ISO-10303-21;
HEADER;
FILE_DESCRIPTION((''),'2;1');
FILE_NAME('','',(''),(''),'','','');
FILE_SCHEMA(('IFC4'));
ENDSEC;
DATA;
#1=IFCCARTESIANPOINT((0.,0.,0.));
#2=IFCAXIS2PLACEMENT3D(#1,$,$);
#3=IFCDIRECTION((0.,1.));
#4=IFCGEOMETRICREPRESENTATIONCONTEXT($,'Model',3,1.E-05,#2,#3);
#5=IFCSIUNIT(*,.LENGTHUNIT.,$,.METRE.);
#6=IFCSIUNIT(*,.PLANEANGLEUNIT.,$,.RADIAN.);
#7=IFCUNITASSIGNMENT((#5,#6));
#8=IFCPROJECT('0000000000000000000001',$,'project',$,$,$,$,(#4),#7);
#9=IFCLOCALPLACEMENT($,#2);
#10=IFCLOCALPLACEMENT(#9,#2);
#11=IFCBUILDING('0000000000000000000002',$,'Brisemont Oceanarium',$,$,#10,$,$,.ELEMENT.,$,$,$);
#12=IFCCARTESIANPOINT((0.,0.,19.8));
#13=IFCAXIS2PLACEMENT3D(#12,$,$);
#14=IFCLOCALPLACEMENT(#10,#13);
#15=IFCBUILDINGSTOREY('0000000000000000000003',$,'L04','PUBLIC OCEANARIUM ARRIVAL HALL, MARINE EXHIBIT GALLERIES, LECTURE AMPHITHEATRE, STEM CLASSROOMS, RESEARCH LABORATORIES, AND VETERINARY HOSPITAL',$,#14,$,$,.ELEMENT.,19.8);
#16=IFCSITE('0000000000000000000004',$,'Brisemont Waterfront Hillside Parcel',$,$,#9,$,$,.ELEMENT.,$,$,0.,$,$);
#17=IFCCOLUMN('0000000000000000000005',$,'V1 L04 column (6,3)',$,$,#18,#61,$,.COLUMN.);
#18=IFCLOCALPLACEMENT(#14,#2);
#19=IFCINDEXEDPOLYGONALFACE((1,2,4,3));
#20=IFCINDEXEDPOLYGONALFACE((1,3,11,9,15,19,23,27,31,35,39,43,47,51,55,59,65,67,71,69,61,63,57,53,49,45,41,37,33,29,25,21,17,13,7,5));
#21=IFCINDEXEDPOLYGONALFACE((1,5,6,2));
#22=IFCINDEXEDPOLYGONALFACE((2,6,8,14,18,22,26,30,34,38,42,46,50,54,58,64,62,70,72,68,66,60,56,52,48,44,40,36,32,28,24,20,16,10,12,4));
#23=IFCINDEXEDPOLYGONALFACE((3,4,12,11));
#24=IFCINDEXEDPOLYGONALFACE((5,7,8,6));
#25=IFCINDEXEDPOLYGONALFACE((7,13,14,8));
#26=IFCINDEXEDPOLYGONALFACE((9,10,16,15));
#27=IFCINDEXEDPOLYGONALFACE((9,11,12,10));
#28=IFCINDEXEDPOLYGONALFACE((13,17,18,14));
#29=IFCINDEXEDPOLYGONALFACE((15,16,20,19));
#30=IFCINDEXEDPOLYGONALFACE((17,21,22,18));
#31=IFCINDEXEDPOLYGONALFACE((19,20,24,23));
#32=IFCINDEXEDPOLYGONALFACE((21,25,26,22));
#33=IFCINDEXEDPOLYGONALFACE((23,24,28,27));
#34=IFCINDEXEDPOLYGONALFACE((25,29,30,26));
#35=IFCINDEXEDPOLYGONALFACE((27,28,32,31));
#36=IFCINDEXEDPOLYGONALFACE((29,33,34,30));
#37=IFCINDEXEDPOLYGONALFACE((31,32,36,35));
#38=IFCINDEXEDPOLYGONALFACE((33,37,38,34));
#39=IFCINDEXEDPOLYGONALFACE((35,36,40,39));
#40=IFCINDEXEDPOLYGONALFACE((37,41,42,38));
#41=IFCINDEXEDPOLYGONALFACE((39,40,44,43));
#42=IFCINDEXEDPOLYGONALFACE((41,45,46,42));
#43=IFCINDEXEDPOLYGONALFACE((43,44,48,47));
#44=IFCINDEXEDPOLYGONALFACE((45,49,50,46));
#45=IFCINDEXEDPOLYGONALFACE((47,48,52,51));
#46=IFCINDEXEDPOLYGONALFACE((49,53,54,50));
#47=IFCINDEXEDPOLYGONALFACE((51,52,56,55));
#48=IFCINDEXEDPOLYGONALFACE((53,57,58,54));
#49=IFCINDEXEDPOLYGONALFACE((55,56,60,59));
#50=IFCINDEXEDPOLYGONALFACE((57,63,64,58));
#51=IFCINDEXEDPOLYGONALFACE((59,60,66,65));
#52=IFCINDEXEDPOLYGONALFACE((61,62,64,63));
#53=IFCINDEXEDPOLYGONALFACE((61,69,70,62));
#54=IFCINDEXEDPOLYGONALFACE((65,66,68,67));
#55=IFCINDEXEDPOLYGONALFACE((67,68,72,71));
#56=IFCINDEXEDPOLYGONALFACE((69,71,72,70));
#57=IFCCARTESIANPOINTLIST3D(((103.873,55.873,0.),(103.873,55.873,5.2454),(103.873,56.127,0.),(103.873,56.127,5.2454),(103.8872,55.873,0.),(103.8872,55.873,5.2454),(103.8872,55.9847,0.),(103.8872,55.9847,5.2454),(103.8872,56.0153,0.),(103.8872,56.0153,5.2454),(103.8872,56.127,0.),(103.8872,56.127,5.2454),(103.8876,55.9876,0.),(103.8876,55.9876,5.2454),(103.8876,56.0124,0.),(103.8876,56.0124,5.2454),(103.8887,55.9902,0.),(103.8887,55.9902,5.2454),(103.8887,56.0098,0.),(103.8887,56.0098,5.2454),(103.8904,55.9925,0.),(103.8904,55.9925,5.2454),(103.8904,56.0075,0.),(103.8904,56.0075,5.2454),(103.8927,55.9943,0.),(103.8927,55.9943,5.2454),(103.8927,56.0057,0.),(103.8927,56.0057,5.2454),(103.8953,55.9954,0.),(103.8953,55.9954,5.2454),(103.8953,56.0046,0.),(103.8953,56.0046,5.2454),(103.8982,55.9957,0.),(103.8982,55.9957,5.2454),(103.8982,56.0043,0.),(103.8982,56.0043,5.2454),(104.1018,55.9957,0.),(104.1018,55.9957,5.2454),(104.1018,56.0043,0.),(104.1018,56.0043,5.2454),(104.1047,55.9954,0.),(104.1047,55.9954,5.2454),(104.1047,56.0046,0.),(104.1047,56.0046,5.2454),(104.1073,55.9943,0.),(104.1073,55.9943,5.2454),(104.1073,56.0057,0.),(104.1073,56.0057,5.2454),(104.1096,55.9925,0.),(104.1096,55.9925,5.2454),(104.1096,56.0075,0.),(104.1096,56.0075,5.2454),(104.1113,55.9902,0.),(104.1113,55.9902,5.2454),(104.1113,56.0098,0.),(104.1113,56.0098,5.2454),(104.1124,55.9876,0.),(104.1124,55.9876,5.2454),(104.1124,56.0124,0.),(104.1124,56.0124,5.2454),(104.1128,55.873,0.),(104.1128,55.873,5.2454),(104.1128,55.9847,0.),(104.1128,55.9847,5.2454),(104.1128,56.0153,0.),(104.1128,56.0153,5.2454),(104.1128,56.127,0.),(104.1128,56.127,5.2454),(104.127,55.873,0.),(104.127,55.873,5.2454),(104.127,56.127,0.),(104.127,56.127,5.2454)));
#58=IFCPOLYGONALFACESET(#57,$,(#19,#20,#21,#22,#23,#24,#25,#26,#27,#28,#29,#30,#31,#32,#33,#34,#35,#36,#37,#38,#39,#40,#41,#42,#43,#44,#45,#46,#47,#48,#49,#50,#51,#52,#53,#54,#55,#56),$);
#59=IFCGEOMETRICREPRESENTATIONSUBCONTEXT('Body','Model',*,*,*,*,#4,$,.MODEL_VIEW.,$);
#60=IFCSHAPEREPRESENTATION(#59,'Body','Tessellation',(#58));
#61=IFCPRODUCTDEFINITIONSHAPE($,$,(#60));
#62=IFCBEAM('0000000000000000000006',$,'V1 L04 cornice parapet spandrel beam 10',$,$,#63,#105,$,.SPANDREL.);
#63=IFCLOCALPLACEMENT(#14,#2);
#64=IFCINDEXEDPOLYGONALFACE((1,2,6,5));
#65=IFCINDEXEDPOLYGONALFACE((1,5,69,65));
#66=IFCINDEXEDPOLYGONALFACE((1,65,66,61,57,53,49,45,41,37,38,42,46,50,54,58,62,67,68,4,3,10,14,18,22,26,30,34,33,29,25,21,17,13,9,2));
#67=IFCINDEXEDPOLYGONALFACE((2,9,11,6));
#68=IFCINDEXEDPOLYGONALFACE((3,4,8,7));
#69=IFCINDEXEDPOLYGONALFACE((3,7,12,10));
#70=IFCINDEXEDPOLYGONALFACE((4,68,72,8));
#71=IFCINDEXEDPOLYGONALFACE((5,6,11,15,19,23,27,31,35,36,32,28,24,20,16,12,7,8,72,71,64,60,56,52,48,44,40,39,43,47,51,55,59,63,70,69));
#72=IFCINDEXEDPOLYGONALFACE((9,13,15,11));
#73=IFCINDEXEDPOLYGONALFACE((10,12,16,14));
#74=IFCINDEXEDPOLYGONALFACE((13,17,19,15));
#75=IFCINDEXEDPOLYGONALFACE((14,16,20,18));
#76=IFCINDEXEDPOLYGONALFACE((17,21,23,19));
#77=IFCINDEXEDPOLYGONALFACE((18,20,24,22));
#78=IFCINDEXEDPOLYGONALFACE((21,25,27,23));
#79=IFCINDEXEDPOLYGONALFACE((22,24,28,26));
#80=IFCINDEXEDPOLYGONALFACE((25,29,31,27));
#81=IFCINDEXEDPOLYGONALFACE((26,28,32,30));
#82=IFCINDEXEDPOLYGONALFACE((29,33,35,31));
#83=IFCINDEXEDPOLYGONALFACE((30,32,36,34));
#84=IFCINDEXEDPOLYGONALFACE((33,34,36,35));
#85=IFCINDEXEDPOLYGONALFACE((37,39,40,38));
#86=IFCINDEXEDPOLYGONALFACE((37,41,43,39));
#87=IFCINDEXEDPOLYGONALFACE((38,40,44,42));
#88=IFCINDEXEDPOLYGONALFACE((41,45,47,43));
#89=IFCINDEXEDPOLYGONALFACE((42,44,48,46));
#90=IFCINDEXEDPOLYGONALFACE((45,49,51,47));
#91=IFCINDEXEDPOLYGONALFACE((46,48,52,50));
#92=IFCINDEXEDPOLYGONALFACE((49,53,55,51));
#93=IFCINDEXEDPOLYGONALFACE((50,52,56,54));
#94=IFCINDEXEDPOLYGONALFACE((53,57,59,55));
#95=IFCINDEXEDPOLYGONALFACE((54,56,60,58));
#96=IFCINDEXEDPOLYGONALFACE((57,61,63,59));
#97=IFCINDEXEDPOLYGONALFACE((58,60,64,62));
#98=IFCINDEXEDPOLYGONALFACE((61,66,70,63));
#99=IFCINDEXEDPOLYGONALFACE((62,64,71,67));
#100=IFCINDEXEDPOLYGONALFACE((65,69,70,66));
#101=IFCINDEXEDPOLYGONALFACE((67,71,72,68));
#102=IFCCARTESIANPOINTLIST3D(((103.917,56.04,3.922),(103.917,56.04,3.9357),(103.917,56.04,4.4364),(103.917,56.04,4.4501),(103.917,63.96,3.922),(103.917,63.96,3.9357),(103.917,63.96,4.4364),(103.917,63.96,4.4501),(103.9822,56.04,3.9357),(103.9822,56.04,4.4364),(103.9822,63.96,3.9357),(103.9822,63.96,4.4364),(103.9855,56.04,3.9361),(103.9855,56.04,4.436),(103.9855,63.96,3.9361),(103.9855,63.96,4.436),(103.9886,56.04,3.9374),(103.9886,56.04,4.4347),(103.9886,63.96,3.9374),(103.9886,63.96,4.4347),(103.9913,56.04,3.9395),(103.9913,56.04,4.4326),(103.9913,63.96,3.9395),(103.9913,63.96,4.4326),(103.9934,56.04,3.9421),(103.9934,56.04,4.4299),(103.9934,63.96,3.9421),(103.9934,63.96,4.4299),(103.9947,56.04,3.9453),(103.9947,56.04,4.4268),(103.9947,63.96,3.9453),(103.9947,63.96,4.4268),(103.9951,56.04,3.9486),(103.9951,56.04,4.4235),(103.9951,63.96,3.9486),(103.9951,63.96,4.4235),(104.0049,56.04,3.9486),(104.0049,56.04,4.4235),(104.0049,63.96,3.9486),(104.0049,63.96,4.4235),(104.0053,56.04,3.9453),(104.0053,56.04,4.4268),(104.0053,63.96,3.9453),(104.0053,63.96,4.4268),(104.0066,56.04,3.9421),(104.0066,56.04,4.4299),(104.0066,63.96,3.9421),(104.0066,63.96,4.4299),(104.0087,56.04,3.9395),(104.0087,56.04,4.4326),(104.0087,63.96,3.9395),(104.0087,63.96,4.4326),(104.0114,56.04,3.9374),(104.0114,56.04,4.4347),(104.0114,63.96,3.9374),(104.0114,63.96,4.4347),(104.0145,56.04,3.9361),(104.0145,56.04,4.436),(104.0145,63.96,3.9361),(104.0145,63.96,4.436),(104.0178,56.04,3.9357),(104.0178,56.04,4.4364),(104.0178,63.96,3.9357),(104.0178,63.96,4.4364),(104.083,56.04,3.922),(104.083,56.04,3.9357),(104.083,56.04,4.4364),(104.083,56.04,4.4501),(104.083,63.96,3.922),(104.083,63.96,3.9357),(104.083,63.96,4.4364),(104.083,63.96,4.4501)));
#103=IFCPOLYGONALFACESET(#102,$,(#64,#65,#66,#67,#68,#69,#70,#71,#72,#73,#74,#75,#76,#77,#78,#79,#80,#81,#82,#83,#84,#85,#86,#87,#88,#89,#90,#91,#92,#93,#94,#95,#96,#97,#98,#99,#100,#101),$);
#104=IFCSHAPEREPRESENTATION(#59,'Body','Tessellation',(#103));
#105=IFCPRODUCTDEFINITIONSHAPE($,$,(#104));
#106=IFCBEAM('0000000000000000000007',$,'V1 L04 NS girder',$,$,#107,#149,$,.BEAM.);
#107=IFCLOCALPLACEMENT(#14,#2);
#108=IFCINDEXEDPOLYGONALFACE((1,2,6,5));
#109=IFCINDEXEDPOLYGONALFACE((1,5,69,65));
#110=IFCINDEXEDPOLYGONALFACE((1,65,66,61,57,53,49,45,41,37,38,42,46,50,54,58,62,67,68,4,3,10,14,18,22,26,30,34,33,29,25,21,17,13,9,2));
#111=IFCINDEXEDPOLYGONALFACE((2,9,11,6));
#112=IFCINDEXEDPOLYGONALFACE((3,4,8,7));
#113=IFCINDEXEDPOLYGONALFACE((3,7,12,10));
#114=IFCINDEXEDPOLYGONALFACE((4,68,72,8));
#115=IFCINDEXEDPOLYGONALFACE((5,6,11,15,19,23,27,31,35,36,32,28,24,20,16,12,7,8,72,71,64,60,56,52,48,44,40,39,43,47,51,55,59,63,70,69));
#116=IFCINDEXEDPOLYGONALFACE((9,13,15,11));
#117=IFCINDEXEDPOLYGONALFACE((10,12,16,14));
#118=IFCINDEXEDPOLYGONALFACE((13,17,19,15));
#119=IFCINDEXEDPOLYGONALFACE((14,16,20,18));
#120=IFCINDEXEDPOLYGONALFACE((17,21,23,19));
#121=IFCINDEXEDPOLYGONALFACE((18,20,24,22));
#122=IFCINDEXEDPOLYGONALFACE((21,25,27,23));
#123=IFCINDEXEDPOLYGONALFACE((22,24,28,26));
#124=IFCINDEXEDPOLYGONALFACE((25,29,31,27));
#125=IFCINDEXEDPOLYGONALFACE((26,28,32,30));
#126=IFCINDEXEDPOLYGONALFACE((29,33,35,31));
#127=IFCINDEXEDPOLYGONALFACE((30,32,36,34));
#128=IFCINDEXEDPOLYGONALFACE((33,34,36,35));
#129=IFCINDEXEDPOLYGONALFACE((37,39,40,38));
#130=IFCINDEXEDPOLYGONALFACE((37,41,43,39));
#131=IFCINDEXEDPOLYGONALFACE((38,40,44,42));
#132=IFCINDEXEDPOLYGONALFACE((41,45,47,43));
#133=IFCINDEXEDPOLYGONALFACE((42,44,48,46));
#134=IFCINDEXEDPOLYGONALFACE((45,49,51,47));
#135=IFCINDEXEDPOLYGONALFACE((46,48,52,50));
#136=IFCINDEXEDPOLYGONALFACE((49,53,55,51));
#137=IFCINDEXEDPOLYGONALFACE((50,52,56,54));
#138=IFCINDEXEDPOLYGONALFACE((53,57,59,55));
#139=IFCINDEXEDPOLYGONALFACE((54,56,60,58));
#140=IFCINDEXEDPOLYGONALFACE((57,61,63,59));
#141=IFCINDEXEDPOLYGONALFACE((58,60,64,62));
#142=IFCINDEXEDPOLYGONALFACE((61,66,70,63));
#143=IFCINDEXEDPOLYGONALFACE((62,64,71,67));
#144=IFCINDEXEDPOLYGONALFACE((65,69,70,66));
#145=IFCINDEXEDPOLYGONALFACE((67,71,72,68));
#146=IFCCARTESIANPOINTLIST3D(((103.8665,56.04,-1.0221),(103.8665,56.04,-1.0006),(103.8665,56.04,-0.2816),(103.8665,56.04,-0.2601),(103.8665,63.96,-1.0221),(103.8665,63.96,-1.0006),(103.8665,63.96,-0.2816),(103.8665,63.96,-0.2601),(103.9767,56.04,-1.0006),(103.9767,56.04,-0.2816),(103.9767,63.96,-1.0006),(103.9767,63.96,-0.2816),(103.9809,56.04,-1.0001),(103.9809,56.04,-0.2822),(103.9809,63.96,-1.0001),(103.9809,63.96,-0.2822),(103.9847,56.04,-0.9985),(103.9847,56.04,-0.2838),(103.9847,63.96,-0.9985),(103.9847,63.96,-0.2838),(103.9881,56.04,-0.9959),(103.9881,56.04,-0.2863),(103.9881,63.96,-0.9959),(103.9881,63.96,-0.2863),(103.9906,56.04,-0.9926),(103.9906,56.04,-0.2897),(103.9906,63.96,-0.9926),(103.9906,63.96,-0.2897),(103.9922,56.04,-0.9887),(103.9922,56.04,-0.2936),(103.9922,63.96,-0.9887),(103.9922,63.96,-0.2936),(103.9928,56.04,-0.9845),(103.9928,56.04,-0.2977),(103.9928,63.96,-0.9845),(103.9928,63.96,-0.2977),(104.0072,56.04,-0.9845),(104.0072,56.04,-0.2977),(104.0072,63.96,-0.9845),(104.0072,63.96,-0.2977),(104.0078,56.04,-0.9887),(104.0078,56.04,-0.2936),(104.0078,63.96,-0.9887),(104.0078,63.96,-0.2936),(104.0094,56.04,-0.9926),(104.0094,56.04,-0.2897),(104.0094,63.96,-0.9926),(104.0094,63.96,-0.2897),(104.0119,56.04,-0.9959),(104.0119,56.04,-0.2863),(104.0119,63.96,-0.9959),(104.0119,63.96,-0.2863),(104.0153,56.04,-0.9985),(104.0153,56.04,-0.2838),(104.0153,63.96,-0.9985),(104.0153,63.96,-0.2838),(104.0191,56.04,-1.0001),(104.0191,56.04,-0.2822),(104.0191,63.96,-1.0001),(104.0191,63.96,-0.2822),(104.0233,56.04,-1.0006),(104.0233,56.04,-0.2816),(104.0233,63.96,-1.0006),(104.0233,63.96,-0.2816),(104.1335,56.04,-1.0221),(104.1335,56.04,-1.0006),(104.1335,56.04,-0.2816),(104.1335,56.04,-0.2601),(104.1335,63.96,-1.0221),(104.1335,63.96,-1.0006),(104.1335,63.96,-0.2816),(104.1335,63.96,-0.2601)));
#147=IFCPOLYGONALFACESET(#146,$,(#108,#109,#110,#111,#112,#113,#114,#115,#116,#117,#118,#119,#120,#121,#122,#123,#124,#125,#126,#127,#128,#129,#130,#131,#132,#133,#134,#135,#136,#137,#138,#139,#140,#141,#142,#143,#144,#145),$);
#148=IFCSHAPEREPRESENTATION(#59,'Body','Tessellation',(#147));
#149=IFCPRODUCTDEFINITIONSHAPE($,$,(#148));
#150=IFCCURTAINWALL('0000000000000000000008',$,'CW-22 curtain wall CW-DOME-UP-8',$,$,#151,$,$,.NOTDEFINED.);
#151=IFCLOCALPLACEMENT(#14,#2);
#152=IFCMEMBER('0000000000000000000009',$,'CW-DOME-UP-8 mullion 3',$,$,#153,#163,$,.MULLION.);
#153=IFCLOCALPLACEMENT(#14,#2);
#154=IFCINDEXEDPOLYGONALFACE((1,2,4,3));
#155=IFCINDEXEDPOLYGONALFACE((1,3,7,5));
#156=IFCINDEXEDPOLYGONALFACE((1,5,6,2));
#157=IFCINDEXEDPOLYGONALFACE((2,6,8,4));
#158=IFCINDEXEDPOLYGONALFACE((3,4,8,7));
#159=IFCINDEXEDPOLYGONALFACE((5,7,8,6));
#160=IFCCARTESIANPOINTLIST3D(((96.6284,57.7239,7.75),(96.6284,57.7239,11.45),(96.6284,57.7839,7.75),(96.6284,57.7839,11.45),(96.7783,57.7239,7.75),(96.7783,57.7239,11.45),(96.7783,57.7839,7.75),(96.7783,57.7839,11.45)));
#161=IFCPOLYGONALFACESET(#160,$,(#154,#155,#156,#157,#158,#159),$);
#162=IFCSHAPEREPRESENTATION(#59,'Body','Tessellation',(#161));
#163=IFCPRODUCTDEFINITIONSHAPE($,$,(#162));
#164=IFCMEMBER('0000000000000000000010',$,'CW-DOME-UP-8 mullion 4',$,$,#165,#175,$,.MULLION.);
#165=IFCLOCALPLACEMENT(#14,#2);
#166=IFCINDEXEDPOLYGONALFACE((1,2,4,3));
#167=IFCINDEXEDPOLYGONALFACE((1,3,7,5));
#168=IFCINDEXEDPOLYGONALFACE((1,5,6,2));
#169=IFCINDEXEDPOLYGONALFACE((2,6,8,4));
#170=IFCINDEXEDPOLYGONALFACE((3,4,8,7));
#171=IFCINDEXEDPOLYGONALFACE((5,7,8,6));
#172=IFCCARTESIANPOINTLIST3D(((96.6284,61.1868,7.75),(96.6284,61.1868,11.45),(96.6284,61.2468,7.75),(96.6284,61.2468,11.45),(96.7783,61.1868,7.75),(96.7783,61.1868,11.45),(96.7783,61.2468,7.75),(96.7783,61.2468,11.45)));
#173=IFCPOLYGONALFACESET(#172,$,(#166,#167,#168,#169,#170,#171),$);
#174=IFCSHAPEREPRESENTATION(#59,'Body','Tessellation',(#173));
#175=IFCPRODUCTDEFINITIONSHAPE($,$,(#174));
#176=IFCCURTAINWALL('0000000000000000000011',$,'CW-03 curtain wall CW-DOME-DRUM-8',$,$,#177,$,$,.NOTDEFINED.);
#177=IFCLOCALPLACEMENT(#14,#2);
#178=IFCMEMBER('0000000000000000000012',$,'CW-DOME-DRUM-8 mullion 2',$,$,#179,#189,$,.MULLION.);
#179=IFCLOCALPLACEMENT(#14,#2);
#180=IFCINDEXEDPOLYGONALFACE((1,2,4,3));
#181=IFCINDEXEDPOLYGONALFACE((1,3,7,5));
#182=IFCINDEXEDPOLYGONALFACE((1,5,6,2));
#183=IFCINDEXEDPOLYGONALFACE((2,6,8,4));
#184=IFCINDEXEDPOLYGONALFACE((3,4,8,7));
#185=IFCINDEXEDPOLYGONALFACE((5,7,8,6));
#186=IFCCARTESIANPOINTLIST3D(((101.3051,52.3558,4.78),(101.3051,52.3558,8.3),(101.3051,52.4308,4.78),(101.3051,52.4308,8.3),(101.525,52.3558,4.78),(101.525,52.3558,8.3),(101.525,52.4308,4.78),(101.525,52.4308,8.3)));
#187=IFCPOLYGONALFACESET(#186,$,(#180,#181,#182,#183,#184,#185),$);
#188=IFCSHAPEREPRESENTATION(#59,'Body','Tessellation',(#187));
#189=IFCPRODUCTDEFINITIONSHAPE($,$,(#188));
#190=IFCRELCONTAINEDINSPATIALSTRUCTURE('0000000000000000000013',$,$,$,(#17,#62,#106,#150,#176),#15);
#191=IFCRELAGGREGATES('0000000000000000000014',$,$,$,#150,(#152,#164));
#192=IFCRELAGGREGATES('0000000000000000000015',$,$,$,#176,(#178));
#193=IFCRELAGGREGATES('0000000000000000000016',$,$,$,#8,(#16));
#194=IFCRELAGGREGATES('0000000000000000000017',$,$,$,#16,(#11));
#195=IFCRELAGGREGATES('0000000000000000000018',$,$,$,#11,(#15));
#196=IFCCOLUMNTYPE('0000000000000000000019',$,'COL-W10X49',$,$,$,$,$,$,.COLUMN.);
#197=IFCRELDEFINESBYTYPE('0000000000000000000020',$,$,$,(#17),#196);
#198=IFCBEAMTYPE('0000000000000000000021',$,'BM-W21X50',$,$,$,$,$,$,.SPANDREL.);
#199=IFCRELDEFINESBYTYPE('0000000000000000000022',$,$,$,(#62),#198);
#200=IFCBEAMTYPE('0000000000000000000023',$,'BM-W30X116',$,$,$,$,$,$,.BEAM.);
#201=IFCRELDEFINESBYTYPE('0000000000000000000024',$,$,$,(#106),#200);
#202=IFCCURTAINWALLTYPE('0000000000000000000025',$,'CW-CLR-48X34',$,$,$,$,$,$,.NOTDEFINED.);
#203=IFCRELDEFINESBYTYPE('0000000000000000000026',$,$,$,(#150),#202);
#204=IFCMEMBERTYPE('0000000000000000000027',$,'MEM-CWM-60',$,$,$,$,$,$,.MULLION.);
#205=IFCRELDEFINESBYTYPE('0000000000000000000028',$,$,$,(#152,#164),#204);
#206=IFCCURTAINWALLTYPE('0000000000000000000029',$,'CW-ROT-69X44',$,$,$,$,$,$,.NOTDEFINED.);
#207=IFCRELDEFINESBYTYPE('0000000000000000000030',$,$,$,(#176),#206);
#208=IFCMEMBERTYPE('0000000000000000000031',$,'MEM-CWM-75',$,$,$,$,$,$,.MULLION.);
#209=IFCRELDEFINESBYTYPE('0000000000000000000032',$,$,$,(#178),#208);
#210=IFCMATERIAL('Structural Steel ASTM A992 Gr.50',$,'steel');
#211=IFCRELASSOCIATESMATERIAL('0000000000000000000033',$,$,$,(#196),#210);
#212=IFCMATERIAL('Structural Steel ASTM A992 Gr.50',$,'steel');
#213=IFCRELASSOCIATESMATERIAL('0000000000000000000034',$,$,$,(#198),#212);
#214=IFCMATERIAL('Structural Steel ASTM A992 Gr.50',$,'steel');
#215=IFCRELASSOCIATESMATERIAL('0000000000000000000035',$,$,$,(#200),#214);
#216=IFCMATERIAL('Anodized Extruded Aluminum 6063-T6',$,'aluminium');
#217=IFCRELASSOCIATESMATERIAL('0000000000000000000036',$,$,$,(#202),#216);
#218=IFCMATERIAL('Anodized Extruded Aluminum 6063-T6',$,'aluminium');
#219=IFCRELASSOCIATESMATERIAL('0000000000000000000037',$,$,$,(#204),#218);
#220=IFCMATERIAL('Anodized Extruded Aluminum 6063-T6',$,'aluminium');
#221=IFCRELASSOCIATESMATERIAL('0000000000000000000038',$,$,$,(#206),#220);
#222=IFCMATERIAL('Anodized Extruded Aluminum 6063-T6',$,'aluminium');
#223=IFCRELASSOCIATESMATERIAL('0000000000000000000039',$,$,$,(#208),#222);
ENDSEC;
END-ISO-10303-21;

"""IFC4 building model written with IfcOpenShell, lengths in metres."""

from ifc_helpers import new_model, si_unit, direction, frame, origin, origin_2d, place, context, subcontext, project, spatial, rectangle, i_section, extrude, material, material_profile, profile_set, type_object, element, aggregate, save


model = new_model("IFC4")

# Units and contexts
model_context = context("Model", 3, precision=1e-05, world=origin(), true_north=direction((0.0, 1.0)))
body_context = subcontext(model_context, "Body", "Model", "MODEL_VIEW")
ifc_project = project(units=[si_unit("LENGTHUNIT", "METRE"), si_unit("PLANEANGLEUNIT", "RADIAN")], contexts=[model_context])

# Site, building, storey
site_placement = place(None, origin())
site = spatial("IfcSite", under=ifc_project, at=site_placement, Name="Brisemont Waterfront Hillside Parcel", CompositionType="ELEMENT", RefElevation=0.0)
building_placement = place(site_placement, origin())
building = spatial("IfcBuilding", under=site, at=building_placement, Name="Brisemont Oceanarium", CompositionType="ELEMENT")
storey_placement = place(building_placement, frame((0.0, 0.0, 19.8)))
storey = spatial("IfcBuildingStorey", under=building, at=storey_placement, Name="L04", Description="PUBLIC OCEANARIUM ARRIVAL HALL, MARINE EXHIBIT GALLERIES, LECTURE AMPHITHEATRE, STEM CLASSROOMS, RESEARCH LABORATORIES, AND VETERINARY HOSPITAL", CompositionType="ELEMENT", Elevation=19.8)

# Column
ifc_material_1 = material(Name="Structural Steel ASTM A992 Gr.50", Category="steel")
ifc_material_profile_1 = material_profile(ifc_material_1, i_section(OverallWidth=0.2539, OverallDepth=0.2539, WebThickness=0.0085, FlangeThickness=0.0142, FilletRadius=0.011, at=origin_2d()), Name="W10X49")
ifc_profile_set_1 = profile_set([ifc_material_profile_1], Name="Structural Steel ASTM A992 Gr.50")
column_type = type_object("IfcColumnType", Name="COL-W10X49", PredefinedType="COLUMN", material=ifc_profile_set_1)
column_placement = place(storey_placement, frame((104.0, 56.0, 0.0), z_axis=(0.0, 0.0, 1.0), x_axis=(0.0, 1.0, 0.0)))
element("IfcColumn", 1, at=column_placement, inside=storey, type_object=column_type, Name="V1 L04 column (6,3)", PredefinedType="COLUMN", context=body_context, shape_type="SweptSolid", body=[
    extrude(i_section(OverallWidth=0.2539, OverallDepth=0.2539, WebThickness=0.0085, FlangeThickness=0.0142, FilletRadius=0.011, at=origin_2d()), origin(), (0.0, 0.0, 1.0), 5.2454),
])

# Beams
ifc_material_2 = material(Name="Structural Steel ASTM A992 Gr.50", Category="steel")
ifc_material_profile_2 = material_profile(ifc_material_2, i_section(OverallWidth=0.166, OverallDepth=0.5281, WebThickness=0.0098, FlangeThickness=0.0137, FilletRadius=0.0129, at=origin_2d()), Name="W21X50")
ifc_profile_set_2 = profile_set([ifc_material_profile_2], Name="Structural Steel ASTM A992 Gr.50")
beam_type_1 = type_object("IfcBeamType", Name="BM-W21X50", PredefinedType="SPANDREL", material=ifc_profile_set_2)
beam_1_placement = place(storey_placement, frame((104.0, 56.04, 4.186), z_axis=(0.0, 1.0, 0.0), x_axis=(-1.0, 0.0, 0.0)))
element("IfcBeam", 2, at=beam_1_placement, inside=storey, type_object=beam_type_1, Name="V1 L04 cornice parapet spandrel beam 10", PredefinedType="SPANDREL", context=body_context, shape_type="SweptSolid", body=[
    extrude(i_section(OverallWidth=0.166, OverallDepth=0.5281, WebThickness=0.0098, FlangeThickness=0.0137, FilletRadius=0.0129, at=origin_2d()), origin(), (0.0, 0.0, 1.0), 7.9199),
])
ifc_material_3 = material(Name="Structural Steel ASTM A992 Gr.50", Category="steel")
ifc_material_profile_3 = material_profile(ifc_material_3, i_section(OverallWidth=0.2671, OverallDepth=0.762, WebThickness=0.0144, FlangeThickness=0.0215, FilletRadius=0.0161, at=origin_2d()), Name="W30X116")
ifc_profile_set_3 = profile_set([ifc_material_profile_3], Name="Structural Steel ASTM A992 Gr.50")
beam_type_2 = type_object("IfcBeamType", Name="BM-W30X116", PredefinedType="BEAM", material=ifc_profile_set_3)
beam_2_placement = place(storey_placement, frame((104.0, 56.04, -0.6411), z_axis=(0.0, 1.0, 0.0), x_axis=(-1.0, 0.0, 0.0)))
element("IfcBeam", 3, at=beam_2_placement, inside=storey, type_object=beam_type_2, Name="V1 L04 NS girder", PredefinedType="BEAM", context=body_context, shape_type="SweptSolid", body=[
    extrude(i_section(OverallWidth=0.2671, OverallDepth=0.762, WebThickness=0.0144, FlangeThickness=0.0215, FilletRadius=0.0161, at=origin_2d()), origin(), (0.0, 0.0, 1.0), 7.9199),
])

# Curtain walls, members
ifc_material_4 = material(Name="Anodized Extruded Aluminum 6063-T6", Category="aluminium")
curtain_wall_type_1 = type_object("IfcCurtainWallType", Name="CW-CLR-48X34", PredefinedType="NOTDEFINED", material=ifc_material_4)
curtain_wall_1_placement = place(storey_placement, origin())
curtain_wall_1 = element("IfcCurtainWall", 4, at=curtain_wall_1_placement, inside=storey, type_object=curtain_wall_type_1, Name="CW-22 curtain wall CW-DOME-UP-8", PredefinedType="NOTDEFINED")
ifc_material_5 = material(Name="Anodized Extruded Aluminum 6063-T6", Category="aluminium")
ifc_material_profile_4 = material_profile(ifc_material_5, rectangle(XDim=0.0601, YDim=0.1499, at=origin_2d()), Name="CWM-60X150")
ifc_profile_set_4 = profile_set([ifc_material_profile_4], Name="Anodized Extruded Aluminum 6063-T6")
member_type_1 = type_object("IfcMemberType", Name="MEM-CWM-60", PredefinedType="MULLION", material=ifc_profile_set_4)
member_1_placement = place(storey_placement, frame((96.7034, 57.7539, 7.75), z_axis=(0.0, 0.0, 1.0), x_axis=(0.0, 1.0, 0.0)))
member_1 = element("IfcMember", 5, at=member_1_placement, type_object=member_type_1, Name="CW-DOME-UP-8 mullion 3", PredefinedType="MULLION", context=body_context, shape_type="SweptSolid", body=[
    extrude(rectangle(XDim=0.0601, YDim=0.1499, at=origin_2d()), origin(), (0.0, 0.0, 1.0), 3.7),
])
member_2_placement = place(storey_placement, frame((96.7034, 61.2168, 7.75), z_axis=(0.0, 0.0, 1.0), x_axis=(0.0, 1.0, 0.0)))
member_2 = element("IfcMember", 6, at=member_2_placement, type_object=member_type_1, Name="CW-DOME-UP-8 mullion 4", PredefinedType="MULLION", context=body_context, shape_type="SweptSolid", body=[
    extrude(rectangle(XDim=0.0601, YDim=0.1499, at=origin_2d()), origin(), (0.0, 0.0, 1.0), 3.7),
])
ifc_material_6 = material(Name="Anodized Extruded Aluminum 6063-T6", Category="aluminium")
curtain_wall_type_2 = type_object("IfcCurtainWallType", Name="CW-ROT-69X44", PredefinedType="NOTDEFINED", material=ifc_material_6)
curtain_wall_2_placement = place(storey_placement, origin())
curtain_wall_2 = element("IfcCurtainWall", 7, at=curtain_wall_2_placement, inside=storey, type_object=curtain_wall_type_2, Name="CW-03 curtain wall CW-DOME-DRUM-8", PredefinedType="NOTDEFINED")
ifc_material_7 = material(Name="Anodized Extruded Aluminum 6063-T6", Category="aluminium")
ifc_material_profile_5 = material_profile(ifc_material_7, rectangle(XDim=0.075, YDim=0.22, at=origin_2d()), Name="CWM-75X220")
ifc_profile_set_5 = profile_set([ifc_material_profile_5], Name="Anodized Extruded Aluminum 6063-T6")
member_type_2 = type_object("IfcMemberType", Name="MEM-CWM-75", PredefinedType="MULLION", material=ifc_profile_set_5)
member_3_placement = place(storey_placement, frame((101.415, 52.3933, 4.78), z_axis=(0.0, 0.0, 1.0), x_axis=(0.0, 1.0, 0.0)))
member_3 = element("IfcMember", 8, at=member_3_placement, type_object=member_type_2, Name="CW-DOME-DRUM-8 mullion 2", PredefinedType="MULLION", context=body_context, shape_type="SweptSolid", body=[
    extrude(rectangle(XDim=0.075, YDim=0.22, at=origin_2d()), origin(), (0.0, 0.0, 1.0), 3.52),
])

aggregate(curtain_wall_1, [member_1, member_2])
aggregate(curtain_wall_2, [member_3])

save(model, "model.ifc")
